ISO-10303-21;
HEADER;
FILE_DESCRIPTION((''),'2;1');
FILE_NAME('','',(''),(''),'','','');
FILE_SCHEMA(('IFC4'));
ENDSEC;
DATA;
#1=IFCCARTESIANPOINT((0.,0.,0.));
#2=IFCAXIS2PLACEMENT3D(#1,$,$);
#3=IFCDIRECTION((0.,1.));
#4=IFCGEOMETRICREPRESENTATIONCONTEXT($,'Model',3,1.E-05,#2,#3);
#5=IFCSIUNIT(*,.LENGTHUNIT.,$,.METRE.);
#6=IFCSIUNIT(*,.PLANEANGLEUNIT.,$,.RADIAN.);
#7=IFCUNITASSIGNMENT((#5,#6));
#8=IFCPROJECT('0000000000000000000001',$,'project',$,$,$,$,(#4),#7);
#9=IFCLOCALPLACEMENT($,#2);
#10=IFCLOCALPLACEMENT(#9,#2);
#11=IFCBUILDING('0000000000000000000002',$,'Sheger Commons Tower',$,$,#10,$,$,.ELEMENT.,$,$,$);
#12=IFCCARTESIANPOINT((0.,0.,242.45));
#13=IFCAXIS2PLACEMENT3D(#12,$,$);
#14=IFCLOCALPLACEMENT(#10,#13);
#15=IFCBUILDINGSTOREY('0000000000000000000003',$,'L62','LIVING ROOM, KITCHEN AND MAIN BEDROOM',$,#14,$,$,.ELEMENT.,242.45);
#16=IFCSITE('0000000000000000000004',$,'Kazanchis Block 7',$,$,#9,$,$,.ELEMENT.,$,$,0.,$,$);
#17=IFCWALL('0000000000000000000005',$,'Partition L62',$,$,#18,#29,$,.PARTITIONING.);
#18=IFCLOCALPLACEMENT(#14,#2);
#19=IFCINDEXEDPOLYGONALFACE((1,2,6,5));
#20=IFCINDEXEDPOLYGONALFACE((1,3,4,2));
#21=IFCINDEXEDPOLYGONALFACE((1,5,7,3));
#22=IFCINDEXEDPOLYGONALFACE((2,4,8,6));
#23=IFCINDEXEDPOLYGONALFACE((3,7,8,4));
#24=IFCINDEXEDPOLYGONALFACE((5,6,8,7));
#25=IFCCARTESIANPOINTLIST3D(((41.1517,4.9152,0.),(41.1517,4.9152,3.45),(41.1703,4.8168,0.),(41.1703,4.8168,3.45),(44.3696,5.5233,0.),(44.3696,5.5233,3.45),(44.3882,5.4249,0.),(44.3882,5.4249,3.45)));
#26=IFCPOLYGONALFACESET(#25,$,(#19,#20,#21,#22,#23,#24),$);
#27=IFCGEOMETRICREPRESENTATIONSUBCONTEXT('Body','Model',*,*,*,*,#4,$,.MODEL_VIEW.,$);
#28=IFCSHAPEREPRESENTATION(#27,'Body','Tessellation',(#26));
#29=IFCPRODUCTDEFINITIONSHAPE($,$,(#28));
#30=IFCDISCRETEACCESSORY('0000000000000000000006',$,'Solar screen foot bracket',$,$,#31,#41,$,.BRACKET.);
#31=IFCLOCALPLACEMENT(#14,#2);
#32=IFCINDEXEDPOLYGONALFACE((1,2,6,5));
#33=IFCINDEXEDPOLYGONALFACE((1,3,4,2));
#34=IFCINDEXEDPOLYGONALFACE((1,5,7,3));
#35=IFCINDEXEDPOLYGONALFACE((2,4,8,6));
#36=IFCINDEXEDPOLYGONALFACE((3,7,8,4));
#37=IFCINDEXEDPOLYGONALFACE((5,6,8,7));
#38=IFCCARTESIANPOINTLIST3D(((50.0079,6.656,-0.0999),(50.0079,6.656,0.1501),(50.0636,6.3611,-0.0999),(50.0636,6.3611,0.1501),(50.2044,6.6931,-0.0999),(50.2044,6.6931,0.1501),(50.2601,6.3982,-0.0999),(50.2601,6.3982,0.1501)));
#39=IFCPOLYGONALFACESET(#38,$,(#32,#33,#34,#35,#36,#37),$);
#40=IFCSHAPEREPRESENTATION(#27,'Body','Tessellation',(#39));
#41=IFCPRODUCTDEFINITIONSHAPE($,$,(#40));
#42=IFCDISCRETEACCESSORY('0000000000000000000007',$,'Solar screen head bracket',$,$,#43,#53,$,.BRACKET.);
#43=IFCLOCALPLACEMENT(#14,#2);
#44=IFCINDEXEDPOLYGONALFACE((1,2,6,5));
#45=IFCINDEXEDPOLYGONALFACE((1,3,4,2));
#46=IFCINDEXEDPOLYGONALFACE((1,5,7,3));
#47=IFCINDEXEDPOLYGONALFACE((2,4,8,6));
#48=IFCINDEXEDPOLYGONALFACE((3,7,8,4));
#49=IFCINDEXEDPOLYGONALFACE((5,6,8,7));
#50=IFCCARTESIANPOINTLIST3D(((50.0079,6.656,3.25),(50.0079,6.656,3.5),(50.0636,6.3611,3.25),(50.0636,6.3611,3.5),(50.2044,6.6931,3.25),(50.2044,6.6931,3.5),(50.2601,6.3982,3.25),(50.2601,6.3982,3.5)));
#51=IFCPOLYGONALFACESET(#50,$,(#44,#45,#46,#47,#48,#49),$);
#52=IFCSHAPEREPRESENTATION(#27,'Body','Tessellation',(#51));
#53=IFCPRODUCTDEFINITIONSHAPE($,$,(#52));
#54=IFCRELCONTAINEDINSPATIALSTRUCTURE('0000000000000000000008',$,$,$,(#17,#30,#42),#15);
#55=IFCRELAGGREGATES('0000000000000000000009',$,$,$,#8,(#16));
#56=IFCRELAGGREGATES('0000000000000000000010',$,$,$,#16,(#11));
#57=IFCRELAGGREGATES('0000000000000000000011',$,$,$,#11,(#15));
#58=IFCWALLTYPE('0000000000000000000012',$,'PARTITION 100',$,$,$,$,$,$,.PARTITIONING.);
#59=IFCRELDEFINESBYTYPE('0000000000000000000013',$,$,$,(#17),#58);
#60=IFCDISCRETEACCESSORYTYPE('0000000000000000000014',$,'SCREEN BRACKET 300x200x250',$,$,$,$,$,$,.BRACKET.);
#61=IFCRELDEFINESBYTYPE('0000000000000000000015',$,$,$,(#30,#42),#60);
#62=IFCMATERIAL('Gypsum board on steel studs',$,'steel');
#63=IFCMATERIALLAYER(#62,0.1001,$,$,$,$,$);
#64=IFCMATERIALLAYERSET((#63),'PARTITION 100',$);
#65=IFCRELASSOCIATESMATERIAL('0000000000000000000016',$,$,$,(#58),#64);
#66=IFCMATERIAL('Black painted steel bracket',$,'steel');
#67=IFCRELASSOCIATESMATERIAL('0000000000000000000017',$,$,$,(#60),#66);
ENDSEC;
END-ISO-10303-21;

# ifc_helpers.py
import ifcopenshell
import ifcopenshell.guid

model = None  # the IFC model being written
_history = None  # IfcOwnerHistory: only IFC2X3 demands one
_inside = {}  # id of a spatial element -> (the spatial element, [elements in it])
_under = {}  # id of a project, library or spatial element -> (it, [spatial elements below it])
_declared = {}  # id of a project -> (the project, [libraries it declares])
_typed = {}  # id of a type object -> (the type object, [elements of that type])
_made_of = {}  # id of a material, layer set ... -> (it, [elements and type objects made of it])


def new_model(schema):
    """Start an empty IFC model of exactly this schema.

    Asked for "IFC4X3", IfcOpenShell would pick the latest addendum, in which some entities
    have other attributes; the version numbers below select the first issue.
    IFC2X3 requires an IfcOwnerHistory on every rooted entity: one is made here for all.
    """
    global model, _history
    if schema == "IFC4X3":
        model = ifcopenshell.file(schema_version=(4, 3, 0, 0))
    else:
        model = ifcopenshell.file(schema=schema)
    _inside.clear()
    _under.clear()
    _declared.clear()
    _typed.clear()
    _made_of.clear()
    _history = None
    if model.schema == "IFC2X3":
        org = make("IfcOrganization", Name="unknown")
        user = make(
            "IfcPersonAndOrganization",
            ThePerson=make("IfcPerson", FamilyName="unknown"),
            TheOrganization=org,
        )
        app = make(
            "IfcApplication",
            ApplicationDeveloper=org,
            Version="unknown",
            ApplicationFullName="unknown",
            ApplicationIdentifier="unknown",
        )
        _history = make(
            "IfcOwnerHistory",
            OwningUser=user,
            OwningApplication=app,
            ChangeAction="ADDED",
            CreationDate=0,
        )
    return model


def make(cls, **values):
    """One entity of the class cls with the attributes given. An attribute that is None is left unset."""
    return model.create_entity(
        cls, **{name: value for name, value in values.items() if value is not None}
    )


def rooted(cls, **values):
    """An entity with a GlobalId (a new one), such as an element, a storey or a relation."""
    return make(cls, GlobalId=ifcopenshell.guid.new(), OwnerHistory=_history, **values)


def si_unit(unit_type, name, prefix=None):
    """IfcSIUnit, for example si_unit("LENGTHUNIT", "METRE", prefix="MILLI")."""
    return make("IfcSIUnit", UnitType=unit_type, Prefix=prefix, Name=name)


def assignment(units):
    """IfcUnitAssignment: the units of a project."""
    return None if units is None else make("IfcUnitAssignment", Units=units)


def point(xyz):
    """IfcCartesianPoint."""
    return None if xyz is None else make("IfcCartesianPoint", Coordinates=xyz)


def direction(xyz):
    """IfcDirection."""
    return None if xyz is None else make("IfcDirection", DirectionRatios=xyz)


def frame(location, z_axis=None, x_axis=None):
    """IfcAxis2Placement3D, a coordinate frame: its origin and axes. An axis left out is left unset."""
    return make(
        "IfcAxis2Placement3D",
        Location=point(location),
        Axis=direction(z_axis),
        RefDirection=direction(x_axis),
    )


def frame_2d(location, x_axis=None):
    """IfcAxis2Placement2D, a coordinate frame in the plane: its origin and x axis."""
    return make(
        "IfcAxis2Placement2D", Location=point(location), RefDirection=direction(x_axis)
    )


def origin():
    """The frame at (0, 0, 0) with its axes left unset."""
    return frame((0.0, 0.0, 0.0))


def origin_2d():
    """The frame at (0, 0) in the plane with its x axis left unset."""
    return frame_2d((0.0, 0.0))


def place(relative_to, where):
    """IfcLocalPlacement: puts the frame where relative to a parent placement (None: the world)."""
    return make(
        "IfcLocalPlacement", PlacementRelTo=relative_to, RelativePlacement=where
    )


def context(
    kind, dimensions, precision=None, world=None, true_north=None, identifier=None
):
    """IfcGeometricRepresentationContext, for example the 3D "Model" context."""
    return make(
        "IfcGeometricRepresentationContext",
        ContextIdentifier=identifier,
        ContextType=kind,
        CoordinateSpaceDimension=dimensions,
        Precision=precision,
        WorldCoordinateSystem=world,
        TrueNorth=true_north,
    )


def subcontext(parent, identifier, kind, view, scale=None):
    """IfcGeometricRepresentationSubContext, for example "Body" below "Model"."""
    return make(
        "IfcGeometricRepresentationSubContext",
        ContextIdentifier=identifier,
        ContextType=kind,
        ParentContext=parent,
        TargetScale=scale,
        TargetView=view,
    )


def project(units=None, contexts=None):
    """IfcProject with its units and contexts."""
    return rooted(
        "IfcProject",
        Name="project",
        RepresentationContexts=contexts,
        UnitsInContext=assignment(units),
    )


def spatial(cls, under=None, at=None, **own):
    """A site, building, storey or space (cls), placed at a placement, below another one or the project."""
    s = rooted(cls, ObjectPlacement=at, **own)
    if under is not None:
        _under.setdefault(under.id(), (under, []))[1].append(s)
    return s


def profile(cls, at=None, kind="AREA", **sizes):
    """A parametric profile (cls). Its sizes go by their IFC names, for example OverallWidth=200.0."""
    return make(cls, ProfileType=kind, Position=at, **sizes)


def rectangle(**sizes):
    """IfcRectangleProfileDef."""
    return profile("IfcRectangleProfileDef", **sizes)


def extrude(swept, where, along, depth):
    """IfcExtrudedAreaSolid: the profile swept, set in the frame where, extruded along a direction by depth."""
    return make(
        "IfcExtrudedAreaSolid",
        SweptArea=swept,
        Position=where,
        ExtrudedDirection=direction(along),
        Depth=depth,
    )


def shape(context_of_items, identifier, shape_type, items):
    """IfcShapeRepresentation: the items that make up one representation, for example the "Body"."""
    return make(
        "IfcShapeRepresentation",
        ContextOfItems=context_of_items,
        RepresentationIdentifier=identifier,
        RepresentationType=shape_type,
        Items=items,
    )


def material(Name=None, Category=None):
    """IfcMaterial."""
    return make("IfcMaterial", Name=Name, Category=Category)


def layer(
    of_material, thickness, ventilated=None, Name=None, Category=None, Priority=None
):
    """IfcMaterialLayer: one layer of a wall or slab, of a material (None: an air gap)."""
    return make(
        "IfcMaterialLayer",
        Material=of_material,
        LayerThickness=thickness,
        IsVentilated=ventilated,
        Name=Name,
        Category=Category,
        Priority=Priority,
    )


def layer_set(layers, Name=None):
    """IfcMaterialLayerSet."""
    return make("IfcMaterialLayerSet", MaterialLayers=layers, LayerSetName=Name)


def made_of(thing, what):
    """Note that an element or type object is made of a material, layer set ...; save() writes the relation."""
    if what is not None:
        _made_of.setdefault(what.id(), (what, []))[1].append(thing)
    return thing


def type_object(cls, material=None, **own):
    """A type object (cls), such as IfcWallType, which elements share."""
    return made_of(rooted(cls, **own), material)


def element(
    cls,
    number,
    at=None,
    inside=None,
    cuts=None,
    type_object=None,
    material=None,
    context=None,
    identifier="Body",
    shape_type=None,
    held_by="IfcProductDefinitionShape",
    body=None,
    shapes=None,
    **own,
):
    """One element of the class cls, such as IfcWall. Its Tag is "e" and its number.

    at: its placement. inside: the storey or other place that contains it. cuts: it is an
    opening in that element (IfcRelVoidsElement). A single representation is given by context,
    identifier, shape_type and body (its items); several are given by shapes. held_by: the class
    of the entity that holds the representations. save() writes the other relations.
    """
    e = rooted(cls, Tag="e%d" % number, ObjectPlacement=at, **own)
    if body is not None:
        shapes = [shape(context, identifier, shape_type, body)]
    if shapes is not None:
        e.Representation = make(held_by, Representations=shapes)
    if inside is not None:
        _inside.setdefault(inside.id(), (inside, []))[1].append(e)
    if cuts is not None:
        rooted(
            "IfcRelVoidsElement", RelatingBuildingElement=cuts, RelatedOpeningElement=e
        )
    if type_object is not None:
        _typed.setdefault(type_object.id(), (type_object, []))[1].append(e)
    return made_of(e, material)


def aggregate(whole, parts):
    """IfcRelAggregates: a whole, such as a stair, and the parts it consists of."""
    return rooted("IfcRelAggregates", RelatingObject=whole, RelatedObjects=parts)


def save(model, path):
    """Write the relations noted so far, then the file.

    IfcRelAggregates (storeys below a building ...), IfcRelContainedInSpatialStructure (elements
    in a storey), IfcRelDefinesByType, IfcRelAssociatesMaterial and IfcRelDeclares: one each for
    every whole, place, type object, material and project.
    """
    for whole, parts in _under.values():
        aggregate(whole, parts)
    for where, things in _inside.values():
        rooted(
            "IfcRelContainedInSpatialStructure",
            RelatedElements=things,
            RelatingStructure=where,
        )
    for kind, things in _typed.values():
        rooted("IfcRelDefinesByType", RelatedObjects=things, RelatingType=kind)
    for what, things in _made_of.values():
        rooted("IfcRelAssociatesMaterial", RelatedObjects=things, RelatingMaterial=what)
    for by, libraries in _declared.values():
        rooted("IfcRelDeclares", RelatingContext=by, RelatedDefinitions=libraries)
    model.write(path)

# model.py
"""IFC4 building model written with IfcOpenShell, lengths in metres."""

from ifc_helpers import new_model, si_unit, direction, frame, frame_2d, origin, origin_2d, place, context, subcontext, project, spatial, rectangle, extrude, material, layer, layer_set, type_object, element, save


model = new_model("IFC4")

# Units and contexts
model_context = context("Model", 3, precision=1e-05, world=origin(), true_north=direction((0.0, 1.0)))
body_context = subcontext(model_context, "Body", "Model", "MODEL_VIEW")
ifc_project = project(units=[si_unit("LENGTHUNIT", "METRE"), si_unit("PLANEANGLEUNIT", "RADIAN")], contexts=[model_context])

# Site, building, storey
site_placement = place(None, origin())
site = spatial("IfcSite", under=ifc_project, at=site_placement, Name="Kazanchis Block 7", CompositionType="ELEMENT", RefElevation=0.0)
building_placement = place(site_placement, origin())
building = spatial("IfcBuilding", under=site, at=building_placement, Name="Sheger Commons Tower", CompositionType="ELEMENT")
storey_placement = place(building_placement, frame((0.0, 0.0, 242.45)))
storey = spatial("IfcBuildingStorey", under=building, at=storey_placement, Name="L62", Description="LIVING ROOM, KITCHEN AND MAIN BEDROOM", CompositionType="ELEMENT", Elevation=242.45)

# Wall
ifc_material_1 = material(Name="Gypsum board on steel studs", Category="steel")
ifc_layer_1 = layer(ifc_material_1, 0.1001)
ifc_layer_set_1 = layer_set([ifc_layer_1], Name="PARTITION 100")
wall_type_1 = type_object("IfcWallType", Name="PARTITION 100", PredefinedType="PARTITIONING", material=ifc_layer_set_1)
wall_1_placement = place(storey_placement, frame((44.3789, 5.4741, 0.0), z_axis=(0.0, 0.0, 1.0), x_axis=(-0.982607, -0.185697, 0.0)))
element("IfcWall", 1, at=wall_1_placement, inside=storey, type_object=wall_type_1, Name="Partition L62", PredefinedType="PARTITIONING", context=body_context, shape_type="SweptSolid", body=[
    extrude(rectangle(XDim=3.2749, YDim=0.1001, at=frame_2d((1.6375, 0.0))), origin(), (0.0, 0.0, 1.0), 3.45),
])

# Discrete accessories
ifc_material_2 = material(Name="Black painted steel bracket", Category="steel")
discrete_accessory_type = type_object("IfcDiscreteAccessoryType", Name="SCREEN BRACKET 300x200x250", PredefinedType="BRACKET", material=ifc_material_2)
for number, where, z_axis, x_axis, name in (
    (2, (50.134, 6.5271, -0.0999), (0.0, 0.0, 1.0), (-0.185615, 0.982623, 0.0), "Solar screen foot bracket"),
    (3, (50.134, 6.5271, 3.25), (0.0, 0.0, 1.0), (-0.185615, 0.982623, 0.0), "Solar screen head bracket"),
):
    element("IfcDiscreteAccessory", number, at=place(storey_placement, frame(where, z_axis=z_axis, x_axis=x_axis)), inside=storey, type_object=discrete_accessory_type, Name=name, PredefinedType="BRACKET", context=body_context, shape_type="SweptSolid", body=[
        extrude(rectangle(XDim=0.3, YDim=0.2, at=origin_2d()), origin(), (0.0, 0.0, 1.0), 0.25),
    ])

save(model, "model.ifc")
